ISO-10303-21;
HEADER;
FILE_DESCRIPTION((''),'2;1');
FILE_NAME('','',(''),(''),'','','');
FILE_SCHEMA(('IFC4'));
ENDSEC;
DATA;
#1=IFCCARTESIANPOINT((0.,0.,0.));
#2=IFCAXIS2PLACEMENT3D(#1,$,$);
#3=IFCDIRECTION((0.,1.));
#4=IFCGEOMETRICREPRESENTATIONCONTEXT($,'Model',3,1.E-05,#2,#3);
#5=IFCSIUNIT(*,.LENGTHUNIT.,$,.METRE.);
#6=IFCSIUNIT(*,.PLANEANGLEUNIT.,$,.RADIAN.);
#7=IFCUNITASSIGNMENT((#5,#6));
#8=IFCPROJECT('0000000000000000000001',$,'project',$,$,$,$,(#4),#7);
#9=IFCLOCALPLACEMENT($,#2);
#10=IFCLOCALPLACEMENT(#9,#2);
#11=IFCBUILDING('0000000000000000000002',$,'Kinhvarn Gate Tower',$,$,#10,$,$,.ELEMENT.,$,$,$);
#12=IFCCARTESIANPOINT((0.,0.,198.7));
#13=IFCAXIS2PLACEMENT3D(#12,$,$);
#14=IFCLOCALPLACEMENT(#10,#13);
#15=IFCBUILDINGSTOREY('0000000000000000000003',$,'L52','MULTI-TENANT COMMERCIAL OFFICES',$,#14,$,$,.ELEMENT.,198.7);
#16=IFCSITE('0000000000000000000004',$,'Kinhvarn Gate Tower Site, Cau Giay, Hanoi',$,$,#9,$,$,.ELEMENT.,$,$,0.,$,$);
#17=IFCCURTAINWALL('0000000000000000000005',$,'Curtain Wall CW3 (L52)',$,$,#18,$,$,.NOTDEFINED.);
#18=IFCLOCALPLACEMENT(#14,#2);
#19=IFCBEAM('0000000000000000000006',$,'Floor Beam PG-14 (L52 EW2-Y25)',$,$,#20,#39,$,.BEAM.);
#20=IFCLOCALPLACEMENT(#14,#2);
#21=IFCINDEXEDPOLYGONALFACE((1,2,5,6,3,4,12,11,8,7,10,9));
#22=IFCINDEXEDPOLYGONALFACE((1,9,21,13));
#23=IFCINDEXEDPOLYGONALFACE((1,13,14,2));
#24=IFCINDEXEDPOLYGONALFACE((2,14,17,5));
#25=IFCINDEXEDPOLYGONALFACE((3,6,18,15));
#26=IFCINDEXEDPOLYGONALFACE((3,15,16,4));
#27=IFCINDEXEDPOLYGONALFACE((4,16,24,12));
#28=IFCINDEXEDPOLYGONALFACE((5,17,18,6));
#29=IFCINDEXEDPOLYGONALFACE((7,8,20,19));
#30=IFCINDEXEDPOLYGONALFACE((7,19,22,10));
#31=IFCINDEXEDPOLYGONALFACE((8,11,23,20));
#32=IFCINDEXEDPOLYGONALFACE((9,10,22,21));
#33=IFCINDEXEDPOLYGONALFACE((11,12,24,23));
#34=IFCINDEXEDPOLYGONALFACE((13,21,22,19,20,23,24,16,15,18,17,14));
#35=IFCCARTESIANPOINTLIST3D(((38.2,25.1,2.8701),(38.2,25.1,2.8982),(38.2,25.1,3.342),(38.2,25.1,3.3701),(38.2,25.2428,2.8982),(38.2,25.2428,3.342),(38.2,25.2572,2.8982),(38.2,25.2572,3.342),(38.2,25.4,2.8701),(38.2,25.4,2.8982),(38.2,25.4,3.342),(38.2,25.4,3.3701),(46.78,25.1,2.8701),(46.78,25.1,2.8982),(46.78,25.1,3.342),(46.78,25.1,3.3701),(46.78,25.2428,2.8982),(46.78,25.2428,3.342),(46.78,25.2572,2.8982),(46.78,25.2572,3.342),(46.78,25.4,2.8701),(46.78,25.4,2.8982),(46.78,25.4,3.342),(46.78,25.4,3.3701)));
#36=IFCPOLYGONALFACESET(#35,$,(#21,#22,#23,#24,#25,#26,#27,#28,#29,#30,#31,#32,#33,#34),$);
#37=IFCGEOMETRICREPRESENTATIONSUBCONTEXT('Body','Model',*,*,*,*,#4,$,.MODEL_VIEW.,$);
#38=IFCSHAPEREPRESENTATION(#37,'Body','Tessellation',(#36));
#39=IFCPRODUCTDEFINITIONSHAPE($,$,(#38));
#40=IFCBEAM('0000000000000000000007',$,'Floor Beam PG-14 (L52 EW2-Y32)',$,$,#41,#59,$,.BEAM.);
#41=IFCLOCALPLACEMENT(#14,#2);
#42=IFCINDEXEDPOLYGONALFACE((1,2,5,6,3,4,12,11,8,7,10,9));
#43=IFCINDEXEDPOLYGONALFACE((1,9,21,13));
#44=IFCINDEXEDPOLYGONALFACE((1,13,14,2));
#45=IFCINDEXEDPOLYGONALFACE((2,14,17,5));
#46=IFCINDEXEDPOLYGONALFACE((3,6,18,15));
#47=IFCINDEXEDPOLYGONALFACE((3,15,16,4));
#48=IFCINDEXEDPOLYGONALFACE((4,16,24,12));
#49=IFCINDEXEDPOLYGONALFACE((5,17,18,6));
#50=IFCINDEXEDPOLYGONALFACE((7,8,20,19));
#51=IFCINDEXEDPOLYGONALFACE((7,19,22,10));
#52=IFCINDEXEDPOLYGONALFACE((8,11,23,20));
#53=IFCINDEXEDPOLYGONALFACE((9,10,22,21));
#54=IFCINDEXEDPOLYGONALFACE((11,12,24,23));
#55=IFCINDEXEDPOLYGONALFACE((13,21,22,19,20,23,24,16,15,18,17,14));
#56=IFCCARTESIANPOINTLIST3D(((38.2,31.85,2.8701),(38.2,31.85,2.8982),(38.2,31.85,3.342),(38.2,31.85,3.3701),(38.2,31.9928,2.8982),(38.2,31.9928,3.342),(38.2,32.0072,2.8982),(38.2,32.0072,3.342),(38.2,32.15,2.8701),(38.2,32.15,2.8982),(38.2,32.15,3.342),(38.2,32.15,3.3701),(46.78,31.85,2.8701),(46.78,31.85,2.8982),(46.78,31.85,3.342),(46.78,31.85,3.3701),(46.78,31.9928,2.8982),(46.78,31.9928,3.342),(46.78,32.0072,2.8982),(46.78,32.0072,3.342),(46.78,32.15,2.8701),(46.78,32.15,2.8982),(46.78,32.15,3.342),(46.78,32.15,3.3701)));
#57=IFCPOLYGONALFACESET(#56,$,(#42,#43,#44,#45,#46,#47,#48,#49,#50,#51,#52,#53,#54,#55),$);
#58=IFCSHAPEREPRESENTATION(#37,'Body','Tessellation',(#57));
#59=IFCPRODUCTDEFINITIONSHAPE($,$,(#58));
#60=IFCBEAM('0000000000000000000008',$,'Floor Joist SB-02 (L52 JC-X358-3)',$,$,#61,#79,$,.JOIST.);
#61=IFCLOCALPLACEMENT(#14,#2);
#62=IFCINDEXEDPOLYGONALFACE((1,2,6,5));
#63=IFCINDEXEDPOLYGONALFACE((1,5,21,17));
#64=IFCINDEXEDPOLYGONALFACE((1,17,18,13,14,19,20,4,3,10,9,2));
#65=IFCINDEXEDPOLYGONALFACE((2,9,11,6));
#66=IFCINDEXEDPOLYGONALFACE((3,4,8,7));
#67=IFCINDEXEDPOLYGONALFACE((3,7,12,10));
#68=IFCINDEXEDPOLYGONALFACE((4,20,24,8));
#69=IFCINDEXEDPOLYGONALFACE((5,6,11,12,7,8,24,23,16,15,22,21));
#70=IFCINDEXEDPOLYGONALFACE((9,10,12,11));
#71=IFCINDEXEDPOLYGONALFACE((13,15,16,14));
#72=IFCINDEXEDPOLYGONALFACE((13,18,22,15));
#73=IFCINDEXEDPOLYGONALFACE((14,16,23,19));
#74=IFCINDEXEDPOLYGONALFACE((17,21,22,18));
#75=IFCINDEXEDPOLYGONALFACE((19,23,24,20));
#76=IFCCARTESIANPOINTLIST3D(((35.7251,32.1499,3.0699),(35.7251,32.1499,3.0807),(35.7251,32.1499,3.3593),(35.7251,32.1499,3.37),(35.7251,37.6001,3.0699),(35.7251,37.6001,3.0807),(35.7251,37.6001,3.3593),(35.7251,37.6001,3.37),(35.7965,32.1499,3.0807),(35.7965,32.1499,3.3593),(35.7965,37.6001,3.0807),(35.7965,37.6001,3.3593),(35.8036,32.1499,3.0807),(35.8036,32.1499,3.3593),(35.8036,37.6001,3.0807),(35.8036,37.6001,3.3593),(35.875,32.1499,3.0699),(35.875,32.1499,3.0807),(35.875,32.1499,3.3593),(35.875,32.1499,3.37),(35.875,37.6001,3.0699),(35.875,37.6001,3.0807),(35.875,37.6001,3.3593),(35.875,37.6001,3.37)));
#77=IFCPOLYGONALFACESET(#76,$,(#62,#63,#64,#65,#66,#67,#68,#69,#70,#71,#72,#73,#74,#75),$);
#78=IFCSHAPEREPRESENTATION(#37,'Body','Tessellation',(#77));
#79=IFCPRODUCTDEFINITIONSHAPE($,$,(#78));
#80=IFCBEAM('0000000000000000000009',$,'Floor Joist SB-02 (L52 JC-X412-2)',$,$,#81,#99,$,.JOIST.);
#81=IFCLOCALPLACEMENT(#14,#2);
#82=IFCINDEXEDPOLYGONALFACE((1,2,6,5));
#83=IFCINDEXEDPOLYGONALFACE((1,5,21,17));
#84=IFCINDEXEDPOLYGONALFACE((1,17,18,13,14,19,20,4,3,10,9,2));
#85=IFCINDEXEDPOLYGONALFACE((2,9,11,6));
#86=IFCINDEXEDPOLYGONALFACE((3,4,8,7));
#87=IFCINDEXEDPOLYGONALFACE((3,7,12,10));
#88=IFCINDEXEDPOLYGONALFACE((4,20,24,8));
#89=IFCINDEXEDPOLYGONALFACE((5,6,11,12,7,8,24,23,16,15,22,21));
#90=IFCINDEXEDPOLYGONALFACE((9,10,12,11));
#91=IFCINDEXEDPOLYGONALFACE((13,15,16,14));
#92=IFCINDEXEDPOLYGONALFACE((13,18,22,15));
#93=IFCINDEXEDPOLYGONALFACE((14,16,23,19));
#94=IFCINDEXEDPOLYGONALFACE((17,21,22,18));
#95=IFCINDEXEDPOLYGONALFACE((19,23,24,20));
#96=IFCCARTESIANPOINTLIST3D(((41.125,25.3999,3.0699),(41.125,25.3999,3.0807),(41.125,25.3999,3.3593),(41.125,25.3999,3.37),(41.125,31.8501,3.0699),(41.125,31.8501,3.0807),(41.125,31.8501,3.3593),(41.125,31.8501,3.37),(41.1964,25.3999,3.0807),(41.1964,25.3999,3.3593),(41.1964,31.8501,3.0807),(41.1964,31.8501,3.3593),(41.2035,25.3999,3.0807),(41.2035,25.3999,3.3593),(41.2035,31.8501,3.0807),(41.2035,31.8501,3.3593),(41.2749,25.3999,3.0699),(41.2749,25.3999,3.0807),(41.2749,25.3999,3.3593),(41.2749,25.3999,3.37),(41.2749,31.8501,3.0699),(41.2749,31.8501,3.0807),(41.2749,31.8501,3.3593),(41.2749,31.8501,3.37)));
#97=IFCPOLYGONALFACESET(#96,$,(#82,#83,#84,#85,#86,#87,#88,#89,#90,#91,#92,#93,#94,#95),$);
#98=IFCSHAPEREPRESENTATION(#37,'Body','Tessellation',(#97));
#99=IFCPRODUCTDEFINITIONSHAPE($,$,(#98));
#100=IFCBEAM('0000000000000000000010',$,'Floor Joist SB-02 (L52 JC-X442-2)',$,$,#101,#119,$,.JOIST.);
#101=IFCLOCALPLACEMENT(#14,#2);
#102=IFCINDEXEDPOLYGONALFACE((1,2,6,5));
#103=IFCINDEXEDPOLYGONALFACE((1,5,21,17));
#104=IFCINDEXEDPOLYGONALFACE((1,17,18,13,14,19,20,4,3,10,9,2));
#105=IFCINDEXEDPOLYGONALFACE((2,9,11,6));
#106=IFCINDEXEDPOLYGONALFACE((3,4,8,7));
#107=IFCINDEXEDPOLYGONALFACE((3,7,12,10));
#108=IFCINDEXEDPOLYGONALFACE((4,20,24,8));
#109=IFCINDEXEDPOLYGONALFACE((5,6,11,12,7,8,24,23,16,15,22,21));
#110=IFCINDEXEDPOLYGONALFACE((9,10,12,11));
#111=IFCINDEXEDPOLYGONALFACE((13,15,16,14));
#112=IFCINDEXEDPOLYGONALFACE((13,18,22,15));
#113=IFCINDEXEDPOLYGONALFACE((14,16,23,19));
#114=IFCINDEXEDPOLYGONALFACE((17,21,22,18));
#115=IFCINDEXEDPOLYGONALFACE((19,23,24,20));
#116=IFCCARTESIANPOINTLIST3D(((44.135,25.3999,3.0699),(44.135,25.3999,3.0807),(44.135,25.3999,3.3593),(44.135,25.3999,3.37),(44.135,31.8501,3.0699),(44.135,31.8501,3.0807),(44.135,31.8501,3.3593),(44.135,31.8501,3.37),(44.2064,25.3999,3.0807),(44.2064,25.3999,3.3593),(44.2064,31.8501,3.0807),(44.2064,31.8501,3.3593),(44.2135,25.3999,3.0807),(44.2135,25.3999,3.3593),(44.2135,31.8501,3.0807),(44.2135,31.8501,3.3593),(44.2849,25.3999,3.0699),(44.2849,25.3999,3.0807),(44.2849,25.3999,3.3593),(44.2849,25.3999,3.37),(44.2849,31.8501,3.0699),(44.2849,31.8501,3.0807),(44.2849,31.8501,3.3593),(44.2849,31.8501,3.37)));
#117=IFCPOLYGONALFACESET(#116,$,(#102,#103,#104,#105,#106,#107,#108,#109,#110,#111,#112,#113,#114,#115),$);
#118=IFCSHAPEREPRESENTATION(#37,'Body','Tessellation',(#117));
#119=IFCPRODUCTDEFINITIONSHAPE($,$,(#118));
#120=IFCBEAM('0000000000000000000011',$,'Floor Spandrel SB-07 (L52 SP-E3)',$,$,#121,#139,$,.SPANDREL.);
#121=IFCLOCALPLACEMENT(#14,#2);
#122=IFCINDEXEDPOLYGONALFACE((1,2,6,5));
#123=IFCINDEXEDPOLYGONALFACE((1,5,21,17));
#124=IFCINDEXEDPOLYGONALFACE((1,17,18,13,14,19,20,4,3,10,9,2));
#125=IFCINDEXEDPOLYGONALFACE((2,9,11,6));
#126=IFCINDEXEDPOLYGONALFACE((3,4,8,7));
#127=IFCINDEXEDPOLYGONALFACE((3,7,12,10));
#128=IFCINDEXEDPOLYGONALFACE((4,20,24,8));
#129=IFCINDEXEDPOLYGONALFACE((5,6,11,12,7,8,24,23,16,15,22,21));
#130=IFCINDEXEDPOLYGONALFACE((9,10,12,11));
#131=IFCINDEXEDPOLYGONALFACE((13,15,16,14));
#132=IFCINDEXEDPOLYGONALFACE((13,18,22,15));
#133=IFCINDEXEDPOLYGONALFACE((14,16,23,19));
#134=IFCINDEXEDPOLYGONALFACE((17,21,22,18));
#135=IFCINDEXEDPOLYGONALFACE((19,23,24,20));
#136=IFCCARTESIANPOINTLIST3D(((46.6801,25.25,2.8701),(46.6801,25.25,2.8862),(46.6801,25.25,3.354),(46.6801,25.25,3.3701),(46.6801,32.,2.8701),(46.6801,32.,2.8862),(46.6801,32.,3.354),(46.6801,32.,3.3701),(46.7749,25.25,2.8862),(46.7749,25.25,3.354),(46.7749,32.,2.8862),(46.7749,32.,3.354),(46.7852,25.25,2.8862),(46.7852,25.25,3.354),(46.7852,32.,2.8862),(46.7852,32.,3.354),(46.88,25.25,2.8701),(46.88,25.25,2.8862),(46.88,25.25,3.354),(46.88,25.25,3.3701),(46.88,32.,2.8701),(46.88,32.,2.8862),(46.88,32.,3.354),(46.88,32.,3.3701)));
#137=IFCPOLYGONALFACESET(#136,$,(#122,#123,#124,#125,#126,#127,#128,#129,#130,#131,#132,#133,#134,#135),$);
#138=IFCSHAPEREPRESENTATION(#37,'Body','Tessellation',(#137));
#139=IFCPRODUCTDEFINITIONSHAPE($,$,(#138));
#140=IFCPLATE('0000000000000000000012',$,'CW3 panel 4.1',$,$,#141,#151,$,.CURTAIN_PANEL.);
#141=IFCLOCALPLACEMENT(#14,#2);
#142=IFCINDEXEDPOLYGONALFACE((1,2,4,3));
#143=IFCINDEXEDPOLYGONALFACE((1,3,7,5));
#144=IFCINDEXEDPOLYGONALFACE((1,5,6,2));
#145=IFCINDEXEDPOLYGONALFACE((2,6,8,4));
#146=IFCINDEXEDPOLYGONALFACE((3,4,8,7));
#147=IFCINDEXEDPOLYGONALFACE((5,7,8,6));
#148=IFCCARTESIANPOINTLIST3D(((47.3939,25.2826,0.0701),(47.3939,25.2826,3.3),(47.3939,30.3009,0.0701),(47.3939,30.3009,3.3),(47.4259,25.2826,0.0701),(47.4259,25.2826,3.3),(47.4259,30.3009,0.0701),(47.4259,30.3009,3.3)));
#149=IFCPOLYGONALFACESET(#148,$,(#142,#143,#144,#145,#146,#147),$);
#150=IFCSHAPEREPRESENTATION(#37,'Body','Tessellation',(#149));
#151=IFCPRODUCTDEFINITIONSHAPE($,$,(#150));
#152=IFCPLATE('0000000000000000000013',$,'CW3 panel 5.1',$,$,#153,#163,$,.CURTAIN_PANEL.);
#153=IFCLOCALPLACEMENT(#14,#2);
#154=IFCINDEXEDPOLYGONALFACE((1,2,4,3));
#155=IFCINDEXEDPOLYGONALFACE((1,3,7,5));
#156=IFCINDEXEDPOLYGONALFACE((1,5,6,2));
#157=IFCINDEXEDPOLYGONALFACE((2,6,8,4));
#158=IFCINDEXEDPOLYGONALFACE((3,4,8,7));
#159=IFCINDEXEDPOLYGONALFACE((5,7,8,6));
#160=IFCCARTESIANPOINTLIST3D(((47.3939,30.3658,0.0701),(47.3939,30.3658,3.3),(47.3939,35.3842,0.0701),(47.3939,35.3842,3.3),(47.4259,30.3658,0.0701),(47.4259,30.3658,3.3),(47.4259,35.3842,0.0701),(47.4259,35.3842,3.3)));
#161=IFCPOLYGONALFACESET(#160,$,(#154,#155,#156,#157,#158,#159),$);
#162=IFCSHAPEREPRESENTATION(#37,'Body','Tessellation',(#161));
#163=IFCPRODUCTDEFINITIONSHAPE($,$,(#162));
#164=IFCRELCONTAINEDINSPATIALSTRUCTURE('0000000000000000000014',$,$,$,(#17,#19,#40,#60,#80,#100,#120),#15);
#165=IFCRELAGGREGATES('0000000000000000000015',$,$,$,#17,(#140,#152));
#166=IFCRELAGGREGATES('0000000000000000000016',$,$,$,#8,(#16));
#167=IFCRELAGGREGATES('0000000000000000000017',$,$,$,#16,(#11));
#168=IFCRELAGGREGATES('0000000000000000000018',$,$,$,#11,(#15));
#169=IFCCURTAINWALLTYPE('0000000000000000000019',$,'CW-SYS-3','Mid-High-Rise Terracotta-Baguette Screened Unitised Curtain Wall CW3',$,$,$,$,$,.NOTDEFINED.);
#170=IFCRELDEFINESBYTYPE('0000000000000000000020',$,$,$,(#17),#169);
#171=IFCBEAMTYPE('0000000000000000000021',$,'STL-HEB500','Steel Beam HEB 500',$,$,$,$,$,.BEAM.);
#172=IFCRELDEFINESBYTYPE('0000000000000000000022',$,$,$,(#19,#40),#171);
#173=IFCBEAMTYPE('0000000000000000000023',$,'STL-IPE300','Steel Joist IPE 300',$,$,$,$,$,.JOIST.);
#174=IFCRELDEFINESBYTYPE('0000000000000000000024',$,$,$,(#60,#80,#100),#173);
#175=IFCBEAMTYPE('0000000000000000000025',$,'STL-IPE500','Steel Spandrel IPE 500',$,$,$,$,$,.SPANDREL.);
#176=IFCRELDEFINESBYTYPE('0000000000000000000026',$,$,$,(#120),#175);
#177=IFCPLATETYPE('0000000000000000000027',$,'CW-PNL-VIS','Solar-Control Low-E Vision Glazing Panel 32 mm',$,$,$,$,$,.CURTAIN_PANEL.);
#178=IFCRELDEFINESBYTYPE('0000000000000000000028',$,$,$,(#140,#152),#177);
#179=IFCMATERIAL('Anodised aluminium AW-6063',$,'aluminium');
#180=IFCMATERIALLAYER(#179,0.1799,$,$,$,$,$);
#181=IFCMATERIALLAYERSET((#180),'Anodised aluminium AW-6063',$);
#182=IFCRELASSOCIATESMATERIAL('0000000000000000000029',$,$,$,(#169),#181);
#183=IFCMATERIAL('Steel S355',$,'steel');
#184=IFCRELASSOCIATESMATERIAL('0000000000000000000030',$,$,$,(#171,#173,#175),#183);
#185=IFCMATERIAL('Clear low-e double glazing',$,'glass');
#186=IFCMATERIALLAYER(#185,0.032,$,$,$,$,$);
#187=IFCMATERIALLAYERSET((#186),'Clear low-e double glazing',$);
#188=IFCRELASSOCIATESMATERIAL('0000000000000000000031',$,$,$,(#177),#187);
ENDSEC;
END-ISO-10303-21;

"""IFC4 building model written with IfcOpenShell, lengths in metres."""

from ifc_helpers import new_model, si_unit, direction, frame, origin, origin_2d, place, context, subcontext, project, spatial, rectangle, i_section, extrude, material, layer, layer_set, material_profile, profile_set, type_object, element, aggregate, save


model = new_model("IFC4")

# Units and contexts
model_context = context("Model", 3, precision=1e-05, world=origin(), true_north=direction((0.0, 1.0)))
body_context = subcontext(model_context, "Body", "Model", "MODEL_VIEW")
ifc_project = project(units=[si_unit("LENGTHUNIT", "METRE"), si_unit("PLANEANGLEUNIT", "RADIAN")], contexts=[model_context])

# Site, building, storey
site_placement = place(None, origin())
site = spatial("IfcSite", under=ifc_project, at=site_placement, Name="Kinhvarn Gate Tower Site, Cau Giay, Hanoi", CompositionType="ELEMENT", RefElevation=0.0)
building_placement = place(site_placement, origin())
building = spatial("IfcBuilding", under=site, at=building_placement, Name="Kinhvarn Gate Tower", CompositionType="ELEMENT")
storey_placement = place(building_placement, frame((0.0, 0.0, 198.7)))
storey = spatial("IfcBuildingStorey", under=building, at=storey_placement, Name="L52", Description="MULTI-TENANT COMMERCIAL OFFICES", CompositionType="ELEMENT", Elevation=198.7)

# Curtain wall
ifc_material_1 = material(Name="Anodised aluminium AW-6063", Category="aluminium")
ifc_layer_1 = layer(ifc_material_1, 0.1799)
ifc_layer_set_1 = layer_set([ifc_layer_1], Name="Anodised aluminium AW-6063")
curtain_wall_type = type_object("IfcCurtainWallType", Name="CW-SYS-3", Description="Mid-High-Rise Terracotta-Baguette Screened Unitised Curtain Wall CW3", PredefinedType="NOTDEFINED", material=ifc_layer_set_1)
curtain_wall_placement = place(storey_placement, origin())
curtain_wall = element("IfcCurtainWall", 1, at=curtain_wall_placement, inside=storey, type_object=curtain_wall_type, Name="Curtain Wall CW3 (L52)", PredefinedType="NOTDEFINED")

# Beams
ifc_material_2 = material(Name="Steel S355", Category="steel")
ifc_material_profile_1 = material_profile(ifc_material_2, i_section(OverallWidth=0.3, OverallDepth=0.5, WebThickness=0.0144, FlangeThickness=0.0281, at=origin_2d()), Name="HEB 500")
ifc_profile_set_1 = profile_set([ifc_material_profile_1], Name="Steel S355")
beam_type_1 = type_object("IfcBeamType", Name="STL-HEB500", Description="Steel Beam HEB 500", PredefinedType="BEAM", material=ifc_profile_set_1)
for number, where, z_axis, x_axis, name in (
    (2, (38.2, 25.25, 3.1201), (1.0, 0.0, 0.0), (0.0, 1.0, 0.0), "Floor Beam PG-14 (L52 EW2-Y25)"),
    (3, (38.2, 32.0, 3.1201), (1.0, 0.0, 0.0), (0.0, 1.0, 0.0), "Floor Beam PG-14 (L52 EW2-Y32)"),
):
    element("IfcBeam", number, at=place(storey_placement, frame(where, z_axis=z_axis, x_axis=x_axis)), inside=storey, type_object=beam_type_1, Name=name, PredefinedType="BEAM", context=body_context, shape_type="SweptSolid", body=[
        extrude(i_section(OverallWidth=0.3, OverallDepth=0.5, WebThickness=0.0144, FlangeThickness=0.0281, at=origin_2d()), origin(), (0.0, 0.0, 1.0), 8.5801),
    ])
ifc_material_profile_2 = material_profile(ifc_material_2, i_section(OverallWidth=0.1499, OverallDepth=0.3, WebThickness=0.0071, FlangeThickness=0.0107, at=origin_2d()), Name="IPE 300")
ifc_profile_set_2 = profile_set([ifc_material_profile_2], Name="Steel S355")
beam_type_2 = type_object("IfcBeamType", Name="STL-IPE300", Description="Steel Joist IPE 300", PredefinedType="JOIST", material=ifc_profile_set_2)
beam_1_placement = place(storey_placement, frame((35.8, 32.1499, 3.22), z_axis=(0.0, 1.0, 0.0), x_axis=(-1.0, 0.0, 0.0)))
element("IfcBeam", 4, at=beam_1_placement, inside=storey, type_object=beam_type_2, Name="Floor Joist SB-02 (L52 JC-X358-3)", PredefinedType="JOIST", context=body_context, shape_type="SweptSolid", body=[
    extrude(i_section(OverallWidth=0.1499, OverallDepth=0.3, WebThickness=0.0071, FlangeThickness=0.0107, at=origin_2d()), origin(), (0.0, 0.0, 1.0), 5.4502),
])
for number, where, z_axis, x_axis, name in (
    (5, (41.2, 25.3999, 3.22), (0.0, 1.0, 0.0), (-1.0, 0.0, 0.0), "Floor Joist SB-02 (L52 JC-X412-2)"),
    (6, (44.21, 25.3999, 3.22), (0.0, 1.0, 0.0), (-1.0, 0.0, 0.0), "Floor Joist SB-02 (L52 JC-X442-2)"),
):
    element("IfcBeam", number, at=place(storey_placement, frame(where, z_axis=z_axis, x_axis=x_axis)), inside=storey, type_object=beam_type_2, Name=name, PredefinedType="JOIST", context=body_context, shape_type="SweptSolid", body=[
        extrude(i_section(OverallWidth=0.1499, OverallDepth=0.3, WebThickness=0.0071, FlangeThickness=0.0107, at=origin_2d()), origin(), (0.0, 0.0, 1.0), 6.4502),
    ])
ifc_material_profile_3 = material_profile(ifc_material_2, i_section(OverallWidth=0.2, OverallDepth=0.5, WebThickness=0.0103, FlangeThickness=0.0161, at=origin_2d()), Name="IPE 500")
ifc_profile_set_3 = profile_set([ifc_material_profile_3], Name="Steel S355")
beam_type_3 = type_object("IfcBeamType", Name="STL-IPE500", Description="Steel Spandrel IPE 500", PredefinedType="SPANDREL", material=ifc_profile_set_3)
beam_2_placement = place(storey_placement, frame((46.78, 25.25, 3.1201), z_axis=(0.0, 1.0, 0.0), x_axis=(-1.0, 0.0, 0.0)))
element("IfcBeam", 7, at=beam_2_placement, inside=storey, type_object=beam_type_3, Name="Floor Spandrel SB-07 (L52 SP-E3)", PredefinedType="SPANDREL", context=body_context, shape_type="SweptSolid", body=[
    extrude(i_section(OverallWidth=0.2, OverallDepth=0.5, WebThickness=0.0103, FlangeThickness=0.0161, at=origin_2d()), origin(), (0.0, 0.0, 1.0), 6.75),
])

# Plates
ifc_material_3 = material(Name="Clear low-e double glazing", Category="glass")
ifc_layer_2 = layer(ifc_material_3, 0.032)
ifc_layer_set_2 = layer_set([ifc_layer_2], Name="Clear low-e double glazing")
plate_type = type_object("IfcPlateType", Name="CW-PNL-VIS", Description="Solar-Control Low-E Vision Glazing Panel 32 mm", PredefinedType="CURTAIN_PANEL", material=ifc_layer_set_2)
plate_1_placement = place(storey_placement, frame((47.4099, 27.7917, 0.0701), z_axis=(0.0, 0.0, 1.0), x_axis=(0.0, 1.0, 0.0)))
plate_1 = element("IfcPlate", 8, at=plate_1_placement, type_object=plate_type, Name="CW3 panel 4.1", PredefinedType="CURTAIN_PANEL", context=body_context, shape_type="SweptSolid", body=[
    extrude(rectangle(XDim=5.0183, YDim=0.032, at=origin_2d()), origin(), (0.0, 0.0, 1.0), 3.23),
])
plate_2_placement = place(storey_placement, frame((47.4099, 32.875, 0.0701), z_axis=(0.0, 0.0, 1.0), x_axis=(0.0, 1.0, 0.0)))
plate_2 = element("IfcPlate", 9, at=plate_2_placement, type_object=plate_type, Name="CW3 panel 5.1", PredefinedType="CURTAIN_PANEL", context=body_context, shape_type="SweptSolid", body=[
    extrude(rectangle(XDim=5.0183, YDim=0.032, at=origin_2d()), origin(), (0.0, 0.0, 1.0), 3.23),
])
aggregate(curtain_wall, [plate_1, plate_2])

save(model, "model.ifc")
